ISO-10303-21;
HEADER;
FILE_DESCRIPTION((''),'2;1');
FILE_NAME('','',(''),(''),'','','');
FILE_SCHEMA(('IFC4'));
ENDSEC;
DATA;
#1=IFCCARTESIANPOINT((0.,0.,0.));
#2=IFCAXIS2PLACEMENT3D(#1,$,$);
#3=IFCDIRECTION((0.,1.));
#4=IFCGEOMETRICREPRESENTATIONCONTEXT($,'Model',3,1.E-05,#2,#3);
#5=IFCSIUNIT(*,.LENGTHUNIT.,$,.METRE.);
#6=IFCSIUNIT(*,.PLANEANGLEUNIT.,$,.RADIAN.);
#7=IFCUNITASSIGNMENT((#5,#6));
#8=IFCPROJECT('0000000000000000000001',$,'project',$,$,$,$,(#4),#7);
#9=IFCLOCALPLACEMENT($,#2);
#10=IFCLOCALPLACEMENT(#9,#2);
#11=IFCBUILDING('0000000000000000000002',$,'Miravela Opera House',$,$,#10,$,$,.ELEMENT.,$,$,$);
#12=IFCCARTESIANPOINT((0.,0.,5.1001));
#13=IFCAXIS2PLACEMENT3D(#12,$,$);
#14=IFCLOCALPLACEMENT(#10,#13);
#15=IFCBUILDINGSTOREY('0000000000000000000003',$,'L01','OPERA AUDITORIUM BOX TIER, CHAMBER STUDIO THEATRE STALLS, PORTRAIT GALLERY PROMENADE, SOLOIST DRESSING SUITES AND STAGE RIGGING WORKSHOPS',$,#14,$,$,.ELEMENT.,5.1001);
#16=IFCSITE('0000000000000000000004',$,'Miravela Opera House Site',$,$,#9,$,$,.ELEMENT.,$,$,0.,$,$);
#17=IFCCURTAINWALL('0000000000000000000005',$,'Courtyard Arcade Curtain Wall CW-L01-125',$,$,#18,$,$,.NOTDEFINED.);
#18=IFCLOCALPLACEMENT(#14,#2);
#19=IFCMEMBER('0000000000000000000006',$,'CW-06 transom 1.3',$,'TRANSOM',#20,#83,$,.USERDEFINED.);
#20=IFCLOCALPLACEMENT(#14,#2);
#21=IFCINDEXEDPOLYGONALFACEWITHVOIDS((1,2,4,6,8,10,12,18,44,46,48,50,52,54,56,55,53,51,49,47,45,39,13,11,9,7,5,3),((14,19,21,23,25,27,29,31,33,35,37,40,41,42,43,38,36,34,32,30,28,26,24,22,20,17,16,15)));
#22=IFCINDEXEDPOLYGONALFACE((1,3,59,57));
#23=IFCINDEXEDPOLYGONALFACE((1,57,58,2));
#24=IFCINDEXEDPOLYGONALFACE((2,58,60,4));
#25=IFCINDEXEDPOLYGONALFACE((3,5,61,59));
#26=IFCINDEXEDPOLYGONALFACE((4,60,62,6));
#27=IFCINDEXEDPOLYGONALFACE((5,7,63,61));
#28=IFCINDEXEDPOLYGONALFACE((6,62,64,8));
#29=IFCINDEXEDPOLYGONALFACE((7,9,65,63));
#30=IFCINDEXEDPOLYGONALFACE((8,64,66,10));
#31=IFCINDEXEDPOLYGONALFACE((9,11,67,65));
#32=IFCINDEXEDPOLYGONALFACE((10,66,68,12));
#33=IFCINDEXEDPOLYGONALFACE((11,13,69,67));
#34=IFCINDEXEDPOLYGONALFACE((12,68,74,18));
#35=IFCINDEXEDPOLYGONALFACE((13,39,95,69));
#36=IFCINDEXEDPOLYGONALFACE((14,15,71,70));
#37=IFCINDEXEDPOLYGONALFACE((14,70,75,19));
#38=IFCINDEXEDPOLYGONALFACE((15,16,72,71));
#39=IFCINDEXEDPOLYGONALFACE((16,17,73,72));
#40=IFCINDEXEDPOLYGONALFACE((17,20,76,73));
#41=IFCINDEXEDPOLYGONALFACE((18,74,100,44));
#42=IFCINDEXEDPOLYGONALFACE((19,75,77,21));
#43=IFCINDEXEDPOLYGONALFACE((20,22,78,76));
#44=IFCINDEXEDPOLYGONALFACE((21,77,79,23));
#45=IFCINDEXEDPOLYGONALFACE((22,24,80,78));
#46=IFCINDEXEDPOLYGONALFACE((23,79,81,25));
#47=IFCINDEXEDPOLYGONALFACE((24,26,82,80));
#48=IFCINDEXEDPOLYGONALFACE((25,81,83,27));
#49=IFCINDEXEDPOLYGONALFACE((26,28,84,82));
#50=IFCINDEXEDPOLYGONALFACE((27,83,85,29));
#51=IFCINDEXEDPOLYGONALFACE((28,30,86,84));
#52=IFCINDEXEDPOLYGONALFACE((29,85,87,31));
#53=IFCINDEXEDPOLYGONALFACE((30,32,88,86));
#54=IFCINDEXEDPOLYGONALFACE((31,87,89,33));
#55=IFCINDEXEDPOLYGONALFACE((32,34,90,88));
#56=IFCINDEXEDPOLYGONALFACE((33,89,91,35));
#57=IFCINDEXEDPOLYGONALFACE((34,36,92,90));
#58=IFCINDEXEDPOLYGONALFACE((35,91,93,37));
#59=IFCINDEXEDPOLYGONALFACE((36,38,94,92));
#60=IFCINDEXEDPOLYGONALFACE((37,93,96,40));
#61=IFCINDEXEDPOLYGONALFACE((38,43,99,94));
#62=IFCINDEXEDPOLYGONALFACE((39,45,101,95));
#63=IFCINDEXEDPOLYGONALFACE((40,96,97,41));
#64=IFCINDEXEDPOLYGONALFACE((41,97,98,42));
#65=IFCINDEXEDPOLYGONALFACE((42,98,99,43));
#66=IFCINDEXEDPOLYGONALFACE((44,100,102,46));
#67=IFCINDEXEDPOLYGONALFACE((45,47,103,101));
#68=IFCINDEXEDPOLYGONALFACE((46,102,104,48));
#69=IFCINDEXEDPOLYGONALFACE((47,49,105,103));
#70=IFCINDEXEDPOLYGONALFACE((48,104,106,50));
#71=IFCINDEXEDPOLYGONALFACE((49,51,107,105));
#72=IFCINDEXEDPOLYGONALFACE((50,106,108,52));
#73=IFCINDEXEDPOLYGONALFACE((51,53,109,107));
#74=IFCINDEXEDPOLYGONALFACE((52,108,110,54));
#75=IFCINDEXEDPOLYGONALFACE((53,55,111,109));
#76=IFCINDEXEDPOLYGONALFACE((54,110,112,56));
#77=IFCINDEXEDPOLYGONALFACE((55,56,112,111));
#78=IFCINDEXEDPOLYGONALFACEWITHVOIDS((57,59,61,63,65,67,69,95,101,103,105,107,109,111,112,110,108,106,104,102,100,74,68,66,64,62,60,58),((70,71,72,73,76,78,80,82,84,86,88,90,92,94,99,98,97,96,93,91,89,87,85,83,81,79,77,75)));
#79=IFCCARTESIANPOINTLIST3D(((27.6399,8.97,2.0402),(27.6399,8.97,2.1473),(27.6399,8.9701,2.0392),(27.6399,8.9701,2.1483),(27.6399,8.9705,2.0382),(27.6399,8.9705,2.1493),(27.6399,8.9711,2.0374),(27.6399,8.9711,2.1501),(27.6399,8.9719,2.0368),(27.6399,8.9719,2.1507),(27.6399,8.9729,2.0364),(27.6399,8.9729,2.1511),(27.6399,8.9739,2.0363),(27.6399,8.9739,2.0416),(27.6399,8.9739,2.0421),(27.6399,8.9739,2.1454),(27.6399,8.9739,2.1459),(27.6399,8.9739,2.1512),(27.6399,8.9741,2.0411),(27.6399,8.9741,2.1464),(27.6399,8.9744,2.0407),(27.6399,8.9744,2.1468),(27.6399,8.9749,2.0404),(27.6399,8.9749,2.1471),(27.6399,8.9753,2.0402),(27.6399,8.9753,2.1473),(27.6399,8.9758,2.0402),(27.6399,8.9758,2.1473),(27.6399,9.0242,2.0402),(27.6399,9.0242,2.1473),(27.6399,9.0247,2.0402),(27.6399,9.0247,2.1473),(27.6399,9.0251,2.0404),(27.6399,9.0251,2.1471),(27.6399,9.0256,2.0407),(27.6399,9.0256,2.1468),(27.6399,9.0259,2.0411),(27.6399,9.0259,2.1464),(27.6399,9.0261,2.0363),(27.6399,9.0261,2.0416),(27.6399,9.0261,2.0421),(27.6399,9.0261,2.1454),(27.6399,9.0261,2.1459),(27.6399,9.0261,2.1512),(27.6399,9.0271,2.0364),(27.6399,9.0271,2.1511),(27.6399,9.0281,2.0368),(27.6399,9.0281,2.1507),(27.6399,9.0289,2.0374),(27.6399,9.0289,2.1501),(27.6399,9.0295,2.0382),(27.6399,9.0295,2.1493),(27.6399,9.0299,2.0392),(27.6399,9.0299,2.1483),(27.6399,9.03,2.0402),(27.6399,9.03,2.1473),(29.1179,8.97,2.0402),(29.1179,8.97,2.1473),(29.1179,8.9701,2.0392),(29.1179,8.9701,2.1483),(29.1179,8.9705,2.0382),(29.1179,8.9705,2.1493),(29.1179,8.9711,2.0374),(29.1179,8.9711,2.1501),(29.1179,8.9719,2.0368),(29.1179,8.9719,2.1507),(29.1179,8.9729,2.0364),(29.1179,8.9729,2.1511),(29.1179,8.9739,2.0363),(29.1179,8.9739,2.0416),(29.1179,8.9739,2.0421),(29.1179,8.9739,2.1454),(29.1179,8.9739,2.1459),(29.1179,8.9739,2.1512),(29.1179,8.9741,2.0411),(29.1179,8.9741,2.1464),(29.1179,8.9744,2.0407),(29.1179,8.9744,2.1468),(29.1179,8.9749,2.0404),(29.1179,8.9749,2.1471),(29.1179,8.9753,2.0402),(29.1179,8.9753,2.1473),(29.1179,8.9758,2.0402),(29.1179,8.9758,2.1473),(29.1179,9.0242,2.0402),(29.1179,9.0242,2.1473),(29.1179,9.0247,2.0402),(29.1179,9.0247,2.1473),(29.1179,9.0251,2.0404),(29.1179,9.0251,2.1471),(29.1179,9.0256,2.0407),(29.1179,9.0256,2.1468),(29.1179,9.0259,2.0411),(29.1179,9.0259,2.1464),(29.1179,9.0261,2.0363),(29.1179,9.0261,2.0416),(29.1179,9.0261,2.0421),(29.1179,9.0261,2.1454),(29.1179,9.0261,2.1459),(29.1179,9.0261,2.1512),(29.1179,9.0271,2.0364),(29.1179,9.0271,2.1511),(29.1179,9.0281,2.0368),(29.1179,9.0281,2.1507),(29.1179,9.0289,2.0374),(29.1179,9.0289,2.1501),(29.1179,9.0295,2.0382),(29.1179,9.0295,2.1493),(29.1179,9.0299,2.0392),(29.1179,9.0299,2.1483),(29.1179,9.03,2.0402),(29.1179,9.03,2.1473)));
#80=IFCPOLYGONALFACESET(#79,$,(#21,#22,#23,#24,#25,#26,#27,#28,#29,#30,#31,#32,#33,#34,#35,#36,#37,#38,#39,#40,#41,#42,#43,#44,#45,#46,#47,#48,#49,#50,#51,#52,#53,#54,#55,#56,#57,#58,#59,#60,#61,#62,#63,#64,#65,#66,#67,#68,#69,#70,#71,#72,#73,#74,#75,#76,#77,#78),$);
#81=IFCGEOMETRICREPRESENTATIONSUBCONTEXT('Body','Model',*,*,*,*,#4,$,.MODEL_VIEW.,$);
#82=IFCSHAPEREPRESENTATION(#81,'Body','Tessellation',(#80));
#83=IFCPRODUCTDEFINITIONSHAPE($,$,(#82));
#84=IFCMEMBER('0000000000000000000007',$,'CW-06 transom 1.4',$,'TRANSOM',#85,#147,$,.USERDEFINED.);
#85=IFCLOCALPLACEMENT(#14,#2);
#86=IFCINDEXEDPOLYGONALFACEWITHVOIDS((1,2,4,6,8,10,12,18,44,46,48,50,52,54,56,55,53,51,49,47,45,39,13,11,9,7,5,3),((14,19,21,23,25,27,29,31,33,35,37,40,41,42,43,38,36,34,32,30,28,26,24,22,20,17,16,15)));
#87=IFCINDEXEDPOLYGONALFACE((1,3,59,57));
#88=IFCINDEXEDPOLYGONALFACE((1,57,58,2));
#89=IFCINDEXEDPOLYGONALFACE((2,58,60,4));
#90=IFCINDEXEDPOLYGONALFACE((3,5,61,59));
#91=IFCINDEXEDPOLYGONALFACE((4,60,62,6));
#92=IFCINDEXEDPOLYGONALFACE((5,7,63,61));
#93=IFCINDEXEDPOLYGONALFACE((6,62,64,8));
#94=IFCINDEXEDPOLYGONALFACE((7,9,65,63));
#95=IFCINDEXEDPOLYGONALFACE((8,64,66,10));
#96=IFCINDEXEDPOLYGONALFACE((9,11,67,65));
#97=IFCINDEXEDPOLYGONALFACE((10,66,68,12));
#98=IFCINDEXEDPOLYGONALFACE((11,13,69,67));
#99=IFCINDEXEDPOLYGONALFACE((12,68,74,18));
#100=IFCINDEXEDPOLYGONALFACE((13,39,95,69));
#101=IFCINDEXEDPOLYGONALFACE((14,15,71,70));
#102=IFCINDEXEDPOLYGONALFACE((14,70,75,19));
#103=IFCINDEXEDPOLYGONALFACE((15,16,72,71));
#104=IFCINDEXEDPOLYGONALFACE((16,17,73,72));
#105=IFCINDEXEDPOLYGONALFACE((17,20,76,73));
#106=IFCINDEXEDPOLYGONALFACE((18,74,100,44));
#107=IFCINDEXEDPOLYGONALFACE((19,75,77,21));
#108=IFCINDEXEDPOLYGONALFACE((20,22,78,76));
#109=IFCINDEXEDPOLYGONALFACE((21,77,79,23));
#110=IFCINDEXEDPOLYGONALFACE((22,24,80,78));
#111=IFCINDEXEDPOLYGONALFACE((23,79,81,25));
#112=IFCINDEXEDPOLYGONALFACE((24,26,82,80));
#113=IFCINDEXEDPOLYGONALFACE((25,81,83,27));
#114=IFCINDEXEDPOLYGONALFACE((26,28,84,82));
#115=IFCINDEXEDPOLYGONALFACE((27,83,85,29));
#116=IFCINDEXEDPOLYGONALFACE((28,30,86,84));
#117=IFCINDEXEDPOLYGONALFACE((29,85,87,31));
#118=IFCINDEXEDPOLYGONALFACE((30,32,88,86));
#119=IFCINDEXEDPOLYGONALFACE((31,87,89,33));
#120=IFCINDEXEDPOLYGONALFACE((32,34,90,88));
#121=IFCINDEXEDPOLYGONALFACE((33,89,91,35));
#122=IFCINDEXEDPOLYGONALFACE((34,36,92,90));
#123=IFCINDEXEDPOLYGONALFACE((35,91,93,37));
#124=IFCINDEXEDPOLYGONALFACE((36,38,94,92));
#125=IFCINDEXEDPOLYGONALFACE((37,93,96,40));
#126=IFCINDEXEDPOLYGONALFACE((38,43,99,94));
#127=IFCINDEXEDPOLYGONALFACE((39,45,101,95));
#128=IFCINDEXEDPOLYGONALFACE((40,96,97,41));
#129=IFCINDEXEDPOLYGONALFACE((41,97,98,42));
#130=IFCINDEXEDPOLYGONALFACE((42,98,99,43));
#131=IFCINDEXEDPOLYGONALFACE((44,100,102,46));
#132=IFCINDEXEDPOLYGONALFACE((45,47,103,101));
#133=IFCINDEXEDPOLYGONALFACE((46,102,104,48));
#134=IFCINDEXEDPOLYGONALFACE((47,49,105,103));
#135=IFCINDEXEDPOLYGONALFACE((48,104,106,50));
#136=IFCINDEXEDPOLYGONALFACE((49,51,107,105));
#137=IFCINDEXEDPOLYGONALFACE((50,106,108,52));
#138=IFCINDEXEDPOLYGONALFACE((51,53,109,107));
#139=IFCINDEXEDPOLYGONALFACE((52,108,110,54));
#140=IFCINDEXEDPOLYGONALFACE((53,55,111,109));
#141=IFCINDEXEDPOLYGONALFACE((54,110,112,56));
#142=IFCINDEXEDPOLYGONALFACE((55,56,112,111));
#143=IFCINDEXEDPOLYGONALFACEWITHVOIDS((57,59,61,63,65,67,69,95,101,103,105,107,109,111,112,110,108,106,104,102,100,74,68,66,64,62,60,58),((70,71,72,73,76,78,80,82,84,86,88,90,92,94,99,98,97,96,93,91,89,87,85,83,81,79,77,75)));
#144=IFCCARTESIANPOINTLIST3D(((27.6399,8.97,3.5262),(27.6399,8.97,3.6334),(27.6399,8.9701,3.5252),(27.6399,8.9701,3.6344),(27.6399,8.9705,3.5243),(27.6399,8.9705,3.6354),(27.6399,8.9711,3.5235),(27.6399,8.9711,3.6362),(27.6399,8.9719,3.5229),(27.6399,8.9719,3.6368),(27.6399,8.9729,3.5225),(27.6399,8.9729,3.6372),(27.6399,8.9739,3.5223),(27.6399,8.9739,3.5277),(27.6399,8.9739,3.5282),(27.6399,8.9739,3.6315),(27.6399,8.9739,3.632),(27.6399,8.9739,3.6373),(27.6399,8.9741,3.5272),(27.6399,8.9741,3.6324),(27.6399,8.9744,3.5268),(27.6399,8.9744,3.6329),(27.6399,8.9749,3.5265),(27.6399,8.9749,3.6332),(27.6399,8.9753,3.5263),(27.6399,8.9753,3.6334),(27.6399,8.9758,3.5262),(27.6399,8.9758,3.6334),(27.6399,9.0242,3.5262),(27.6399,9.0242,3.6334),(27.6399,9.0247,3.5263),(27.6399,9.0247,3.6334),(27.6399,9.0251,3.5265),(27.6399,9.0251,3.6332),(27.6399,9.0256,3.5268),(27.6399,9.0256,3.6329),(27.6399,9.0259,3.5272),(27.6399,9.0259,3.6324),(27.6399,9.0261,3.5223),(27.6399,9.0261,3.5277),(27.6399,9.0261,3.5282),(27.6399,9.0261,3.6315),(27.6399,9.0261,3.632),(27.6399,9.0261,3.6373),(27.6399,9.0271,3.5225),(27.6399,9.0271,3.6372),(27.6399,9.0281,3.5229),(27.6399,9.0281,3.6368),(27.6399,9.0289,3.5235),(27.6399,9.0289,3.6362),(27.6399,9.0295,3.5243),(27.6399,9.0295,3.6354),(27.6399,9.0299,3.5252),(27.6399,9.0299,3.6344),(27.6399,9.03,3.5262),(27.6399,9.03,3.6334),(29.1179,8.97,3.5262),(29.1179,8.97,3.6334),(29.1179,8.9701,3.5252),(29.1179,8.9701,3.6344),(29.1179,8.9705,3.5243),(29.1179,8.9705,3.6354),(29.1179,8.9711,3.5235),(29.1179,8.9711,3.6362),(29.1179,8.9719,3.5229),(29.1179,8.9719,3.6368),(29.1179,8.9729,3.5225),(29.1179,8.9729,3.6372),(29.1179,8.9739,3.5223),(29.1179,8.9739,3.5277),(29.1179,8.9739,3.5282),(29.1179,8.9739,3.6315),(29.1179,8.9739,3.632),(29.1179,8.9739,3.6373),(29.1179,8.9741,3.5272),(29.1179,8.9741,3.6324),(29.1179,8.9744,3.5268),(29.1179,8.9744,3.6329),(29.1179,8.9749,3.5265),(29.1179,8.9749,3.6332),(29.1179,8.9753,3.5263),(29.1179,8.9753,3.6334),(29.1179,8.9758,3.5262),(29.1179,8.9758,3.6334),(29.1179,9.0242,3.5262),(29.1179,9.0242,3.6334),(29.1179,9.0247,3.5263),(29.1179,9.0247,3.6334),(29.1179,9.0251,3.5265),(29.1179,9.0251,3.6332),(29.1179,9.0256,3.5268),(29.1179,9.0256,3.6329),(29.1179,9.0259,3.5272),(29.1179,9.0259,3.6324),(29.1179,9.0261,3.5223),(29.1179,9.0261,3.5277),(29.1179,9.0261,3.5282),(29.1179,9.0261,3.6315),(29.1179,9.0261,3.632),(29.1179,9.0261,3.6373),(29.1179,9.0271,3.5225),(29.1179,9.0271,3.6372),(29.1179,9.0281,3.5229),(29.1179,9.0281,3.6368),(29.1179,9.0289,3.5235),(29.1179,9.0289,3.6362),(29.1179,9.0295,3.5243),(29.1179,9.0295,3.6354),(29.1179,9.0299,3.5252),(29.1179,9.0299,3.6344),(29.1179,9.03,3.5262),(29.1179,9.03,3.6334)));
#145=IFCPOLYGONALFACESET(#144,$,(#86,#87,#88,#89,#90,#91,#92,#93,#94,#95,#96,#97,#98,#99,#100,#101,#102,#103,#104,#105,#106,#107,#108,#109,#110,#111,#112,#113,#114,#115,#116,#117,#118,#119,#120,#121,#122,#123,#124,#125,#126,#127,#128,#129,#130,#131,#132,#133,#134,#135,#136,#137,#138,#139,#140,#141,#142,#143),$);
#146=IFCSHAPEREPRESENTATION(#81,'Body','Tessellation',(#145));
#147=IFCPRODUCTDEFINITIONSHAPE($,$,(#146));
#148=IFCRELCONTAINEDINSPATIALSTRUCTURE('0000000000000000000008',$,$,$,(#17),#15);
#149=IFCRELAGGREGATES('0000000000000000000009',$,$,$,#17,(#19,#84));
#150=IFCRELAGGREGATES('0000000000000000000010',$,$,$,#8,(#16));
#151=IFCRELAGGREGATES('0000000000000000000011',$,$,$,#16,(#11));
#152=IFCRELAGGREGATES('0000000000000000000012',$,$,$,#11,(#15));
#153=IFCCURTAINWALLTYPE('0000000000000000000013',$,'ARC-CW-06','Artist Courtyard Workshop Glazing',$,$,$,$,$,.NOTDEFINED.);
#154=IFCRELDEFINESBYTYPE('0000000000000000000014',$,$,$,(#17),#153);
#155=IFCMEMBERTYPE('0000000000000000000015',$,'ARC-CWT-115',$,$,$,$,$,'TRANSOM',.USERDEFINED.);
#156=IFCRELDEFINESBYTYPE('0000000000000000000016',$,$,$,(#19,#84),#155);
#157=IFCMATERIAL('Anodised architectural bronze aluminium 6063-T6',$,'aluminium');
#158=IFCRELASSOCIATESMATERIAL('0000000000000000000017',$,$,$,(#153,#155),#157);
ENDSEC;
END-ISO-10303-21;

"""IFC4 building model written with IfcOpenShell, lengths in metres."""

from ifc_helpers import new_model, si_unit, direction, frame, origin, origin_2d, place, context, subcontext, project, spatial, hollow_rectangle, extrude, material, material_profile, profile_set, type_object, element, aggregate, save


model = new_model("IFC4")

# Units and contexts
model_context = context("Model", 3, precision=1e-05, world=origin(), true_north=direction((0.0, 1.0)))
body_context = subcontext(model_context, "Body", "Model", "MODEL_VIEW")
ifc_project = project(units=[si_unit("LENGTHUNIT", "METRE"), si_unit("PLANEANGLEUNIT", "RADIAN")], contexts=[model_context])

# Site, building, storey
site_placement = place(None, origin())
site = spatial("IfcSite", under=ifc_project, at=site_placement, Name="Miravela Opera House Site", CompositionType="ELEMENT", RefElevation=0.0)
building_placement = place(site_placement, origin())
building = spatial("IfcBuilding", under=site, at=building_placement, Name="Miravela Opera House", CompositionType="ELEMENT")
storey_placement = place(building_placement, frame((0.0, 0.0, 5.1001)))
storey = spatial("IfcBuildingStorey", under=building, at=storey_placement, Name="L01", Description="OPERA AUDITORIUM BOX TIER, CHAMBER STUDIO THEATRE STALLS, PORTRAIT GALLERY PROMENADE, SOLOIST DRESSING SUITES AND STAGE RIGGING WORKSHOPS", CompositionType="ELEMENT", Elevation=5.1001)

# Curtain wall
ifc_material_1 = material(Name="Anodised architectural bronze aluminium 6063-T6", Category="aluminium")
curtain_wall_type = type_object("IfcCurtainWallType", Name="ARC-CW-06", Description="Artist Courtyard Workshop Glazing", PredefinedType="NOTDEFINED", material=ifc_material_1)
curtain_wall_1_placement = place(storey_placement, origin())
curtain_wall_1 = element("IfcCurtainWall", 1, at=curtain_wall_1_placement, inside=storey, type_object=curtain_wall_type, Name="Courtyard Arcade Curtain Wall CW-L01-125", PredefinedType="NOTDEFINED")

# Members
ifc_material_profile_1 = material_profile(ifc_material_1, hollow_rectangle(XDim=0.0601, YDim=0.115, WallThickness=0.0039, InnerFilletRadius=0.002, OuterFilletRadius=0.0039, at=origin_2d()), Name="CWT-60X115")
ifc_profile_set_1 = profile_set([ifc_material_profile_1])
member_type_1 = type_object("IfcMemberType", Name="ARC-CWT-115", ElementType="TRANSOM", PredefinedType="USERDEFINED", material=ifc_profile_set_1)
member_1_placement = place(storey_placement, frame((27.6399, 9.0, 2.0938), z_axis=(1.0, 0.0, 0.0), x_axis=(0.0, 1.0, 0.0)))
member_1 = element("IfcMember", 2, at=member_1_placement, type_object=member_type_1, Name="CW-06 transom 1.3", ObjectType="TRANSOM", PredefinedType="USERDEFINED", context=body_context, shape_type="SweptSolid", body=[
    extrude(hollow_rectangle(XDim=0.0601, YDim=0.115, WallThickness=0.0039, InnerFilletRadius=0.002, OuterFilletRadius=0.0039, at=origin_2d()), origin(), (0.0, 0.0, 1.0), 1.478),
])
member_2_placement = place(storey_placement, frame((27.6399, 9.0, 3.5798), z_axis=(1.0, 0.0, 0.0), x_axis=(0.0, 1.0, 0.0)))
member_2 = element("IfcMember", 3, at=member_2_placement, type_object=member_type_1, Name="CW-06 transom 1.4", ObjectType="TRANSOM", PredefinedType="USERDEFINED", context=body_context, shape_type="SweptSolid", body=[
    extrude(hollow_rectangle(XDim=0.0601, YDim=0.115, WallThickness=0.0039, InnerFilletRadius=0.002, OuterFilletRadius=0.0039, at=origin_2d()), origin(), (0.0, 0.0, 1.0), 1.478),
])
aggregate(curtain_wall_1, [member_1, member_2])

save(model, "model.ifc")
